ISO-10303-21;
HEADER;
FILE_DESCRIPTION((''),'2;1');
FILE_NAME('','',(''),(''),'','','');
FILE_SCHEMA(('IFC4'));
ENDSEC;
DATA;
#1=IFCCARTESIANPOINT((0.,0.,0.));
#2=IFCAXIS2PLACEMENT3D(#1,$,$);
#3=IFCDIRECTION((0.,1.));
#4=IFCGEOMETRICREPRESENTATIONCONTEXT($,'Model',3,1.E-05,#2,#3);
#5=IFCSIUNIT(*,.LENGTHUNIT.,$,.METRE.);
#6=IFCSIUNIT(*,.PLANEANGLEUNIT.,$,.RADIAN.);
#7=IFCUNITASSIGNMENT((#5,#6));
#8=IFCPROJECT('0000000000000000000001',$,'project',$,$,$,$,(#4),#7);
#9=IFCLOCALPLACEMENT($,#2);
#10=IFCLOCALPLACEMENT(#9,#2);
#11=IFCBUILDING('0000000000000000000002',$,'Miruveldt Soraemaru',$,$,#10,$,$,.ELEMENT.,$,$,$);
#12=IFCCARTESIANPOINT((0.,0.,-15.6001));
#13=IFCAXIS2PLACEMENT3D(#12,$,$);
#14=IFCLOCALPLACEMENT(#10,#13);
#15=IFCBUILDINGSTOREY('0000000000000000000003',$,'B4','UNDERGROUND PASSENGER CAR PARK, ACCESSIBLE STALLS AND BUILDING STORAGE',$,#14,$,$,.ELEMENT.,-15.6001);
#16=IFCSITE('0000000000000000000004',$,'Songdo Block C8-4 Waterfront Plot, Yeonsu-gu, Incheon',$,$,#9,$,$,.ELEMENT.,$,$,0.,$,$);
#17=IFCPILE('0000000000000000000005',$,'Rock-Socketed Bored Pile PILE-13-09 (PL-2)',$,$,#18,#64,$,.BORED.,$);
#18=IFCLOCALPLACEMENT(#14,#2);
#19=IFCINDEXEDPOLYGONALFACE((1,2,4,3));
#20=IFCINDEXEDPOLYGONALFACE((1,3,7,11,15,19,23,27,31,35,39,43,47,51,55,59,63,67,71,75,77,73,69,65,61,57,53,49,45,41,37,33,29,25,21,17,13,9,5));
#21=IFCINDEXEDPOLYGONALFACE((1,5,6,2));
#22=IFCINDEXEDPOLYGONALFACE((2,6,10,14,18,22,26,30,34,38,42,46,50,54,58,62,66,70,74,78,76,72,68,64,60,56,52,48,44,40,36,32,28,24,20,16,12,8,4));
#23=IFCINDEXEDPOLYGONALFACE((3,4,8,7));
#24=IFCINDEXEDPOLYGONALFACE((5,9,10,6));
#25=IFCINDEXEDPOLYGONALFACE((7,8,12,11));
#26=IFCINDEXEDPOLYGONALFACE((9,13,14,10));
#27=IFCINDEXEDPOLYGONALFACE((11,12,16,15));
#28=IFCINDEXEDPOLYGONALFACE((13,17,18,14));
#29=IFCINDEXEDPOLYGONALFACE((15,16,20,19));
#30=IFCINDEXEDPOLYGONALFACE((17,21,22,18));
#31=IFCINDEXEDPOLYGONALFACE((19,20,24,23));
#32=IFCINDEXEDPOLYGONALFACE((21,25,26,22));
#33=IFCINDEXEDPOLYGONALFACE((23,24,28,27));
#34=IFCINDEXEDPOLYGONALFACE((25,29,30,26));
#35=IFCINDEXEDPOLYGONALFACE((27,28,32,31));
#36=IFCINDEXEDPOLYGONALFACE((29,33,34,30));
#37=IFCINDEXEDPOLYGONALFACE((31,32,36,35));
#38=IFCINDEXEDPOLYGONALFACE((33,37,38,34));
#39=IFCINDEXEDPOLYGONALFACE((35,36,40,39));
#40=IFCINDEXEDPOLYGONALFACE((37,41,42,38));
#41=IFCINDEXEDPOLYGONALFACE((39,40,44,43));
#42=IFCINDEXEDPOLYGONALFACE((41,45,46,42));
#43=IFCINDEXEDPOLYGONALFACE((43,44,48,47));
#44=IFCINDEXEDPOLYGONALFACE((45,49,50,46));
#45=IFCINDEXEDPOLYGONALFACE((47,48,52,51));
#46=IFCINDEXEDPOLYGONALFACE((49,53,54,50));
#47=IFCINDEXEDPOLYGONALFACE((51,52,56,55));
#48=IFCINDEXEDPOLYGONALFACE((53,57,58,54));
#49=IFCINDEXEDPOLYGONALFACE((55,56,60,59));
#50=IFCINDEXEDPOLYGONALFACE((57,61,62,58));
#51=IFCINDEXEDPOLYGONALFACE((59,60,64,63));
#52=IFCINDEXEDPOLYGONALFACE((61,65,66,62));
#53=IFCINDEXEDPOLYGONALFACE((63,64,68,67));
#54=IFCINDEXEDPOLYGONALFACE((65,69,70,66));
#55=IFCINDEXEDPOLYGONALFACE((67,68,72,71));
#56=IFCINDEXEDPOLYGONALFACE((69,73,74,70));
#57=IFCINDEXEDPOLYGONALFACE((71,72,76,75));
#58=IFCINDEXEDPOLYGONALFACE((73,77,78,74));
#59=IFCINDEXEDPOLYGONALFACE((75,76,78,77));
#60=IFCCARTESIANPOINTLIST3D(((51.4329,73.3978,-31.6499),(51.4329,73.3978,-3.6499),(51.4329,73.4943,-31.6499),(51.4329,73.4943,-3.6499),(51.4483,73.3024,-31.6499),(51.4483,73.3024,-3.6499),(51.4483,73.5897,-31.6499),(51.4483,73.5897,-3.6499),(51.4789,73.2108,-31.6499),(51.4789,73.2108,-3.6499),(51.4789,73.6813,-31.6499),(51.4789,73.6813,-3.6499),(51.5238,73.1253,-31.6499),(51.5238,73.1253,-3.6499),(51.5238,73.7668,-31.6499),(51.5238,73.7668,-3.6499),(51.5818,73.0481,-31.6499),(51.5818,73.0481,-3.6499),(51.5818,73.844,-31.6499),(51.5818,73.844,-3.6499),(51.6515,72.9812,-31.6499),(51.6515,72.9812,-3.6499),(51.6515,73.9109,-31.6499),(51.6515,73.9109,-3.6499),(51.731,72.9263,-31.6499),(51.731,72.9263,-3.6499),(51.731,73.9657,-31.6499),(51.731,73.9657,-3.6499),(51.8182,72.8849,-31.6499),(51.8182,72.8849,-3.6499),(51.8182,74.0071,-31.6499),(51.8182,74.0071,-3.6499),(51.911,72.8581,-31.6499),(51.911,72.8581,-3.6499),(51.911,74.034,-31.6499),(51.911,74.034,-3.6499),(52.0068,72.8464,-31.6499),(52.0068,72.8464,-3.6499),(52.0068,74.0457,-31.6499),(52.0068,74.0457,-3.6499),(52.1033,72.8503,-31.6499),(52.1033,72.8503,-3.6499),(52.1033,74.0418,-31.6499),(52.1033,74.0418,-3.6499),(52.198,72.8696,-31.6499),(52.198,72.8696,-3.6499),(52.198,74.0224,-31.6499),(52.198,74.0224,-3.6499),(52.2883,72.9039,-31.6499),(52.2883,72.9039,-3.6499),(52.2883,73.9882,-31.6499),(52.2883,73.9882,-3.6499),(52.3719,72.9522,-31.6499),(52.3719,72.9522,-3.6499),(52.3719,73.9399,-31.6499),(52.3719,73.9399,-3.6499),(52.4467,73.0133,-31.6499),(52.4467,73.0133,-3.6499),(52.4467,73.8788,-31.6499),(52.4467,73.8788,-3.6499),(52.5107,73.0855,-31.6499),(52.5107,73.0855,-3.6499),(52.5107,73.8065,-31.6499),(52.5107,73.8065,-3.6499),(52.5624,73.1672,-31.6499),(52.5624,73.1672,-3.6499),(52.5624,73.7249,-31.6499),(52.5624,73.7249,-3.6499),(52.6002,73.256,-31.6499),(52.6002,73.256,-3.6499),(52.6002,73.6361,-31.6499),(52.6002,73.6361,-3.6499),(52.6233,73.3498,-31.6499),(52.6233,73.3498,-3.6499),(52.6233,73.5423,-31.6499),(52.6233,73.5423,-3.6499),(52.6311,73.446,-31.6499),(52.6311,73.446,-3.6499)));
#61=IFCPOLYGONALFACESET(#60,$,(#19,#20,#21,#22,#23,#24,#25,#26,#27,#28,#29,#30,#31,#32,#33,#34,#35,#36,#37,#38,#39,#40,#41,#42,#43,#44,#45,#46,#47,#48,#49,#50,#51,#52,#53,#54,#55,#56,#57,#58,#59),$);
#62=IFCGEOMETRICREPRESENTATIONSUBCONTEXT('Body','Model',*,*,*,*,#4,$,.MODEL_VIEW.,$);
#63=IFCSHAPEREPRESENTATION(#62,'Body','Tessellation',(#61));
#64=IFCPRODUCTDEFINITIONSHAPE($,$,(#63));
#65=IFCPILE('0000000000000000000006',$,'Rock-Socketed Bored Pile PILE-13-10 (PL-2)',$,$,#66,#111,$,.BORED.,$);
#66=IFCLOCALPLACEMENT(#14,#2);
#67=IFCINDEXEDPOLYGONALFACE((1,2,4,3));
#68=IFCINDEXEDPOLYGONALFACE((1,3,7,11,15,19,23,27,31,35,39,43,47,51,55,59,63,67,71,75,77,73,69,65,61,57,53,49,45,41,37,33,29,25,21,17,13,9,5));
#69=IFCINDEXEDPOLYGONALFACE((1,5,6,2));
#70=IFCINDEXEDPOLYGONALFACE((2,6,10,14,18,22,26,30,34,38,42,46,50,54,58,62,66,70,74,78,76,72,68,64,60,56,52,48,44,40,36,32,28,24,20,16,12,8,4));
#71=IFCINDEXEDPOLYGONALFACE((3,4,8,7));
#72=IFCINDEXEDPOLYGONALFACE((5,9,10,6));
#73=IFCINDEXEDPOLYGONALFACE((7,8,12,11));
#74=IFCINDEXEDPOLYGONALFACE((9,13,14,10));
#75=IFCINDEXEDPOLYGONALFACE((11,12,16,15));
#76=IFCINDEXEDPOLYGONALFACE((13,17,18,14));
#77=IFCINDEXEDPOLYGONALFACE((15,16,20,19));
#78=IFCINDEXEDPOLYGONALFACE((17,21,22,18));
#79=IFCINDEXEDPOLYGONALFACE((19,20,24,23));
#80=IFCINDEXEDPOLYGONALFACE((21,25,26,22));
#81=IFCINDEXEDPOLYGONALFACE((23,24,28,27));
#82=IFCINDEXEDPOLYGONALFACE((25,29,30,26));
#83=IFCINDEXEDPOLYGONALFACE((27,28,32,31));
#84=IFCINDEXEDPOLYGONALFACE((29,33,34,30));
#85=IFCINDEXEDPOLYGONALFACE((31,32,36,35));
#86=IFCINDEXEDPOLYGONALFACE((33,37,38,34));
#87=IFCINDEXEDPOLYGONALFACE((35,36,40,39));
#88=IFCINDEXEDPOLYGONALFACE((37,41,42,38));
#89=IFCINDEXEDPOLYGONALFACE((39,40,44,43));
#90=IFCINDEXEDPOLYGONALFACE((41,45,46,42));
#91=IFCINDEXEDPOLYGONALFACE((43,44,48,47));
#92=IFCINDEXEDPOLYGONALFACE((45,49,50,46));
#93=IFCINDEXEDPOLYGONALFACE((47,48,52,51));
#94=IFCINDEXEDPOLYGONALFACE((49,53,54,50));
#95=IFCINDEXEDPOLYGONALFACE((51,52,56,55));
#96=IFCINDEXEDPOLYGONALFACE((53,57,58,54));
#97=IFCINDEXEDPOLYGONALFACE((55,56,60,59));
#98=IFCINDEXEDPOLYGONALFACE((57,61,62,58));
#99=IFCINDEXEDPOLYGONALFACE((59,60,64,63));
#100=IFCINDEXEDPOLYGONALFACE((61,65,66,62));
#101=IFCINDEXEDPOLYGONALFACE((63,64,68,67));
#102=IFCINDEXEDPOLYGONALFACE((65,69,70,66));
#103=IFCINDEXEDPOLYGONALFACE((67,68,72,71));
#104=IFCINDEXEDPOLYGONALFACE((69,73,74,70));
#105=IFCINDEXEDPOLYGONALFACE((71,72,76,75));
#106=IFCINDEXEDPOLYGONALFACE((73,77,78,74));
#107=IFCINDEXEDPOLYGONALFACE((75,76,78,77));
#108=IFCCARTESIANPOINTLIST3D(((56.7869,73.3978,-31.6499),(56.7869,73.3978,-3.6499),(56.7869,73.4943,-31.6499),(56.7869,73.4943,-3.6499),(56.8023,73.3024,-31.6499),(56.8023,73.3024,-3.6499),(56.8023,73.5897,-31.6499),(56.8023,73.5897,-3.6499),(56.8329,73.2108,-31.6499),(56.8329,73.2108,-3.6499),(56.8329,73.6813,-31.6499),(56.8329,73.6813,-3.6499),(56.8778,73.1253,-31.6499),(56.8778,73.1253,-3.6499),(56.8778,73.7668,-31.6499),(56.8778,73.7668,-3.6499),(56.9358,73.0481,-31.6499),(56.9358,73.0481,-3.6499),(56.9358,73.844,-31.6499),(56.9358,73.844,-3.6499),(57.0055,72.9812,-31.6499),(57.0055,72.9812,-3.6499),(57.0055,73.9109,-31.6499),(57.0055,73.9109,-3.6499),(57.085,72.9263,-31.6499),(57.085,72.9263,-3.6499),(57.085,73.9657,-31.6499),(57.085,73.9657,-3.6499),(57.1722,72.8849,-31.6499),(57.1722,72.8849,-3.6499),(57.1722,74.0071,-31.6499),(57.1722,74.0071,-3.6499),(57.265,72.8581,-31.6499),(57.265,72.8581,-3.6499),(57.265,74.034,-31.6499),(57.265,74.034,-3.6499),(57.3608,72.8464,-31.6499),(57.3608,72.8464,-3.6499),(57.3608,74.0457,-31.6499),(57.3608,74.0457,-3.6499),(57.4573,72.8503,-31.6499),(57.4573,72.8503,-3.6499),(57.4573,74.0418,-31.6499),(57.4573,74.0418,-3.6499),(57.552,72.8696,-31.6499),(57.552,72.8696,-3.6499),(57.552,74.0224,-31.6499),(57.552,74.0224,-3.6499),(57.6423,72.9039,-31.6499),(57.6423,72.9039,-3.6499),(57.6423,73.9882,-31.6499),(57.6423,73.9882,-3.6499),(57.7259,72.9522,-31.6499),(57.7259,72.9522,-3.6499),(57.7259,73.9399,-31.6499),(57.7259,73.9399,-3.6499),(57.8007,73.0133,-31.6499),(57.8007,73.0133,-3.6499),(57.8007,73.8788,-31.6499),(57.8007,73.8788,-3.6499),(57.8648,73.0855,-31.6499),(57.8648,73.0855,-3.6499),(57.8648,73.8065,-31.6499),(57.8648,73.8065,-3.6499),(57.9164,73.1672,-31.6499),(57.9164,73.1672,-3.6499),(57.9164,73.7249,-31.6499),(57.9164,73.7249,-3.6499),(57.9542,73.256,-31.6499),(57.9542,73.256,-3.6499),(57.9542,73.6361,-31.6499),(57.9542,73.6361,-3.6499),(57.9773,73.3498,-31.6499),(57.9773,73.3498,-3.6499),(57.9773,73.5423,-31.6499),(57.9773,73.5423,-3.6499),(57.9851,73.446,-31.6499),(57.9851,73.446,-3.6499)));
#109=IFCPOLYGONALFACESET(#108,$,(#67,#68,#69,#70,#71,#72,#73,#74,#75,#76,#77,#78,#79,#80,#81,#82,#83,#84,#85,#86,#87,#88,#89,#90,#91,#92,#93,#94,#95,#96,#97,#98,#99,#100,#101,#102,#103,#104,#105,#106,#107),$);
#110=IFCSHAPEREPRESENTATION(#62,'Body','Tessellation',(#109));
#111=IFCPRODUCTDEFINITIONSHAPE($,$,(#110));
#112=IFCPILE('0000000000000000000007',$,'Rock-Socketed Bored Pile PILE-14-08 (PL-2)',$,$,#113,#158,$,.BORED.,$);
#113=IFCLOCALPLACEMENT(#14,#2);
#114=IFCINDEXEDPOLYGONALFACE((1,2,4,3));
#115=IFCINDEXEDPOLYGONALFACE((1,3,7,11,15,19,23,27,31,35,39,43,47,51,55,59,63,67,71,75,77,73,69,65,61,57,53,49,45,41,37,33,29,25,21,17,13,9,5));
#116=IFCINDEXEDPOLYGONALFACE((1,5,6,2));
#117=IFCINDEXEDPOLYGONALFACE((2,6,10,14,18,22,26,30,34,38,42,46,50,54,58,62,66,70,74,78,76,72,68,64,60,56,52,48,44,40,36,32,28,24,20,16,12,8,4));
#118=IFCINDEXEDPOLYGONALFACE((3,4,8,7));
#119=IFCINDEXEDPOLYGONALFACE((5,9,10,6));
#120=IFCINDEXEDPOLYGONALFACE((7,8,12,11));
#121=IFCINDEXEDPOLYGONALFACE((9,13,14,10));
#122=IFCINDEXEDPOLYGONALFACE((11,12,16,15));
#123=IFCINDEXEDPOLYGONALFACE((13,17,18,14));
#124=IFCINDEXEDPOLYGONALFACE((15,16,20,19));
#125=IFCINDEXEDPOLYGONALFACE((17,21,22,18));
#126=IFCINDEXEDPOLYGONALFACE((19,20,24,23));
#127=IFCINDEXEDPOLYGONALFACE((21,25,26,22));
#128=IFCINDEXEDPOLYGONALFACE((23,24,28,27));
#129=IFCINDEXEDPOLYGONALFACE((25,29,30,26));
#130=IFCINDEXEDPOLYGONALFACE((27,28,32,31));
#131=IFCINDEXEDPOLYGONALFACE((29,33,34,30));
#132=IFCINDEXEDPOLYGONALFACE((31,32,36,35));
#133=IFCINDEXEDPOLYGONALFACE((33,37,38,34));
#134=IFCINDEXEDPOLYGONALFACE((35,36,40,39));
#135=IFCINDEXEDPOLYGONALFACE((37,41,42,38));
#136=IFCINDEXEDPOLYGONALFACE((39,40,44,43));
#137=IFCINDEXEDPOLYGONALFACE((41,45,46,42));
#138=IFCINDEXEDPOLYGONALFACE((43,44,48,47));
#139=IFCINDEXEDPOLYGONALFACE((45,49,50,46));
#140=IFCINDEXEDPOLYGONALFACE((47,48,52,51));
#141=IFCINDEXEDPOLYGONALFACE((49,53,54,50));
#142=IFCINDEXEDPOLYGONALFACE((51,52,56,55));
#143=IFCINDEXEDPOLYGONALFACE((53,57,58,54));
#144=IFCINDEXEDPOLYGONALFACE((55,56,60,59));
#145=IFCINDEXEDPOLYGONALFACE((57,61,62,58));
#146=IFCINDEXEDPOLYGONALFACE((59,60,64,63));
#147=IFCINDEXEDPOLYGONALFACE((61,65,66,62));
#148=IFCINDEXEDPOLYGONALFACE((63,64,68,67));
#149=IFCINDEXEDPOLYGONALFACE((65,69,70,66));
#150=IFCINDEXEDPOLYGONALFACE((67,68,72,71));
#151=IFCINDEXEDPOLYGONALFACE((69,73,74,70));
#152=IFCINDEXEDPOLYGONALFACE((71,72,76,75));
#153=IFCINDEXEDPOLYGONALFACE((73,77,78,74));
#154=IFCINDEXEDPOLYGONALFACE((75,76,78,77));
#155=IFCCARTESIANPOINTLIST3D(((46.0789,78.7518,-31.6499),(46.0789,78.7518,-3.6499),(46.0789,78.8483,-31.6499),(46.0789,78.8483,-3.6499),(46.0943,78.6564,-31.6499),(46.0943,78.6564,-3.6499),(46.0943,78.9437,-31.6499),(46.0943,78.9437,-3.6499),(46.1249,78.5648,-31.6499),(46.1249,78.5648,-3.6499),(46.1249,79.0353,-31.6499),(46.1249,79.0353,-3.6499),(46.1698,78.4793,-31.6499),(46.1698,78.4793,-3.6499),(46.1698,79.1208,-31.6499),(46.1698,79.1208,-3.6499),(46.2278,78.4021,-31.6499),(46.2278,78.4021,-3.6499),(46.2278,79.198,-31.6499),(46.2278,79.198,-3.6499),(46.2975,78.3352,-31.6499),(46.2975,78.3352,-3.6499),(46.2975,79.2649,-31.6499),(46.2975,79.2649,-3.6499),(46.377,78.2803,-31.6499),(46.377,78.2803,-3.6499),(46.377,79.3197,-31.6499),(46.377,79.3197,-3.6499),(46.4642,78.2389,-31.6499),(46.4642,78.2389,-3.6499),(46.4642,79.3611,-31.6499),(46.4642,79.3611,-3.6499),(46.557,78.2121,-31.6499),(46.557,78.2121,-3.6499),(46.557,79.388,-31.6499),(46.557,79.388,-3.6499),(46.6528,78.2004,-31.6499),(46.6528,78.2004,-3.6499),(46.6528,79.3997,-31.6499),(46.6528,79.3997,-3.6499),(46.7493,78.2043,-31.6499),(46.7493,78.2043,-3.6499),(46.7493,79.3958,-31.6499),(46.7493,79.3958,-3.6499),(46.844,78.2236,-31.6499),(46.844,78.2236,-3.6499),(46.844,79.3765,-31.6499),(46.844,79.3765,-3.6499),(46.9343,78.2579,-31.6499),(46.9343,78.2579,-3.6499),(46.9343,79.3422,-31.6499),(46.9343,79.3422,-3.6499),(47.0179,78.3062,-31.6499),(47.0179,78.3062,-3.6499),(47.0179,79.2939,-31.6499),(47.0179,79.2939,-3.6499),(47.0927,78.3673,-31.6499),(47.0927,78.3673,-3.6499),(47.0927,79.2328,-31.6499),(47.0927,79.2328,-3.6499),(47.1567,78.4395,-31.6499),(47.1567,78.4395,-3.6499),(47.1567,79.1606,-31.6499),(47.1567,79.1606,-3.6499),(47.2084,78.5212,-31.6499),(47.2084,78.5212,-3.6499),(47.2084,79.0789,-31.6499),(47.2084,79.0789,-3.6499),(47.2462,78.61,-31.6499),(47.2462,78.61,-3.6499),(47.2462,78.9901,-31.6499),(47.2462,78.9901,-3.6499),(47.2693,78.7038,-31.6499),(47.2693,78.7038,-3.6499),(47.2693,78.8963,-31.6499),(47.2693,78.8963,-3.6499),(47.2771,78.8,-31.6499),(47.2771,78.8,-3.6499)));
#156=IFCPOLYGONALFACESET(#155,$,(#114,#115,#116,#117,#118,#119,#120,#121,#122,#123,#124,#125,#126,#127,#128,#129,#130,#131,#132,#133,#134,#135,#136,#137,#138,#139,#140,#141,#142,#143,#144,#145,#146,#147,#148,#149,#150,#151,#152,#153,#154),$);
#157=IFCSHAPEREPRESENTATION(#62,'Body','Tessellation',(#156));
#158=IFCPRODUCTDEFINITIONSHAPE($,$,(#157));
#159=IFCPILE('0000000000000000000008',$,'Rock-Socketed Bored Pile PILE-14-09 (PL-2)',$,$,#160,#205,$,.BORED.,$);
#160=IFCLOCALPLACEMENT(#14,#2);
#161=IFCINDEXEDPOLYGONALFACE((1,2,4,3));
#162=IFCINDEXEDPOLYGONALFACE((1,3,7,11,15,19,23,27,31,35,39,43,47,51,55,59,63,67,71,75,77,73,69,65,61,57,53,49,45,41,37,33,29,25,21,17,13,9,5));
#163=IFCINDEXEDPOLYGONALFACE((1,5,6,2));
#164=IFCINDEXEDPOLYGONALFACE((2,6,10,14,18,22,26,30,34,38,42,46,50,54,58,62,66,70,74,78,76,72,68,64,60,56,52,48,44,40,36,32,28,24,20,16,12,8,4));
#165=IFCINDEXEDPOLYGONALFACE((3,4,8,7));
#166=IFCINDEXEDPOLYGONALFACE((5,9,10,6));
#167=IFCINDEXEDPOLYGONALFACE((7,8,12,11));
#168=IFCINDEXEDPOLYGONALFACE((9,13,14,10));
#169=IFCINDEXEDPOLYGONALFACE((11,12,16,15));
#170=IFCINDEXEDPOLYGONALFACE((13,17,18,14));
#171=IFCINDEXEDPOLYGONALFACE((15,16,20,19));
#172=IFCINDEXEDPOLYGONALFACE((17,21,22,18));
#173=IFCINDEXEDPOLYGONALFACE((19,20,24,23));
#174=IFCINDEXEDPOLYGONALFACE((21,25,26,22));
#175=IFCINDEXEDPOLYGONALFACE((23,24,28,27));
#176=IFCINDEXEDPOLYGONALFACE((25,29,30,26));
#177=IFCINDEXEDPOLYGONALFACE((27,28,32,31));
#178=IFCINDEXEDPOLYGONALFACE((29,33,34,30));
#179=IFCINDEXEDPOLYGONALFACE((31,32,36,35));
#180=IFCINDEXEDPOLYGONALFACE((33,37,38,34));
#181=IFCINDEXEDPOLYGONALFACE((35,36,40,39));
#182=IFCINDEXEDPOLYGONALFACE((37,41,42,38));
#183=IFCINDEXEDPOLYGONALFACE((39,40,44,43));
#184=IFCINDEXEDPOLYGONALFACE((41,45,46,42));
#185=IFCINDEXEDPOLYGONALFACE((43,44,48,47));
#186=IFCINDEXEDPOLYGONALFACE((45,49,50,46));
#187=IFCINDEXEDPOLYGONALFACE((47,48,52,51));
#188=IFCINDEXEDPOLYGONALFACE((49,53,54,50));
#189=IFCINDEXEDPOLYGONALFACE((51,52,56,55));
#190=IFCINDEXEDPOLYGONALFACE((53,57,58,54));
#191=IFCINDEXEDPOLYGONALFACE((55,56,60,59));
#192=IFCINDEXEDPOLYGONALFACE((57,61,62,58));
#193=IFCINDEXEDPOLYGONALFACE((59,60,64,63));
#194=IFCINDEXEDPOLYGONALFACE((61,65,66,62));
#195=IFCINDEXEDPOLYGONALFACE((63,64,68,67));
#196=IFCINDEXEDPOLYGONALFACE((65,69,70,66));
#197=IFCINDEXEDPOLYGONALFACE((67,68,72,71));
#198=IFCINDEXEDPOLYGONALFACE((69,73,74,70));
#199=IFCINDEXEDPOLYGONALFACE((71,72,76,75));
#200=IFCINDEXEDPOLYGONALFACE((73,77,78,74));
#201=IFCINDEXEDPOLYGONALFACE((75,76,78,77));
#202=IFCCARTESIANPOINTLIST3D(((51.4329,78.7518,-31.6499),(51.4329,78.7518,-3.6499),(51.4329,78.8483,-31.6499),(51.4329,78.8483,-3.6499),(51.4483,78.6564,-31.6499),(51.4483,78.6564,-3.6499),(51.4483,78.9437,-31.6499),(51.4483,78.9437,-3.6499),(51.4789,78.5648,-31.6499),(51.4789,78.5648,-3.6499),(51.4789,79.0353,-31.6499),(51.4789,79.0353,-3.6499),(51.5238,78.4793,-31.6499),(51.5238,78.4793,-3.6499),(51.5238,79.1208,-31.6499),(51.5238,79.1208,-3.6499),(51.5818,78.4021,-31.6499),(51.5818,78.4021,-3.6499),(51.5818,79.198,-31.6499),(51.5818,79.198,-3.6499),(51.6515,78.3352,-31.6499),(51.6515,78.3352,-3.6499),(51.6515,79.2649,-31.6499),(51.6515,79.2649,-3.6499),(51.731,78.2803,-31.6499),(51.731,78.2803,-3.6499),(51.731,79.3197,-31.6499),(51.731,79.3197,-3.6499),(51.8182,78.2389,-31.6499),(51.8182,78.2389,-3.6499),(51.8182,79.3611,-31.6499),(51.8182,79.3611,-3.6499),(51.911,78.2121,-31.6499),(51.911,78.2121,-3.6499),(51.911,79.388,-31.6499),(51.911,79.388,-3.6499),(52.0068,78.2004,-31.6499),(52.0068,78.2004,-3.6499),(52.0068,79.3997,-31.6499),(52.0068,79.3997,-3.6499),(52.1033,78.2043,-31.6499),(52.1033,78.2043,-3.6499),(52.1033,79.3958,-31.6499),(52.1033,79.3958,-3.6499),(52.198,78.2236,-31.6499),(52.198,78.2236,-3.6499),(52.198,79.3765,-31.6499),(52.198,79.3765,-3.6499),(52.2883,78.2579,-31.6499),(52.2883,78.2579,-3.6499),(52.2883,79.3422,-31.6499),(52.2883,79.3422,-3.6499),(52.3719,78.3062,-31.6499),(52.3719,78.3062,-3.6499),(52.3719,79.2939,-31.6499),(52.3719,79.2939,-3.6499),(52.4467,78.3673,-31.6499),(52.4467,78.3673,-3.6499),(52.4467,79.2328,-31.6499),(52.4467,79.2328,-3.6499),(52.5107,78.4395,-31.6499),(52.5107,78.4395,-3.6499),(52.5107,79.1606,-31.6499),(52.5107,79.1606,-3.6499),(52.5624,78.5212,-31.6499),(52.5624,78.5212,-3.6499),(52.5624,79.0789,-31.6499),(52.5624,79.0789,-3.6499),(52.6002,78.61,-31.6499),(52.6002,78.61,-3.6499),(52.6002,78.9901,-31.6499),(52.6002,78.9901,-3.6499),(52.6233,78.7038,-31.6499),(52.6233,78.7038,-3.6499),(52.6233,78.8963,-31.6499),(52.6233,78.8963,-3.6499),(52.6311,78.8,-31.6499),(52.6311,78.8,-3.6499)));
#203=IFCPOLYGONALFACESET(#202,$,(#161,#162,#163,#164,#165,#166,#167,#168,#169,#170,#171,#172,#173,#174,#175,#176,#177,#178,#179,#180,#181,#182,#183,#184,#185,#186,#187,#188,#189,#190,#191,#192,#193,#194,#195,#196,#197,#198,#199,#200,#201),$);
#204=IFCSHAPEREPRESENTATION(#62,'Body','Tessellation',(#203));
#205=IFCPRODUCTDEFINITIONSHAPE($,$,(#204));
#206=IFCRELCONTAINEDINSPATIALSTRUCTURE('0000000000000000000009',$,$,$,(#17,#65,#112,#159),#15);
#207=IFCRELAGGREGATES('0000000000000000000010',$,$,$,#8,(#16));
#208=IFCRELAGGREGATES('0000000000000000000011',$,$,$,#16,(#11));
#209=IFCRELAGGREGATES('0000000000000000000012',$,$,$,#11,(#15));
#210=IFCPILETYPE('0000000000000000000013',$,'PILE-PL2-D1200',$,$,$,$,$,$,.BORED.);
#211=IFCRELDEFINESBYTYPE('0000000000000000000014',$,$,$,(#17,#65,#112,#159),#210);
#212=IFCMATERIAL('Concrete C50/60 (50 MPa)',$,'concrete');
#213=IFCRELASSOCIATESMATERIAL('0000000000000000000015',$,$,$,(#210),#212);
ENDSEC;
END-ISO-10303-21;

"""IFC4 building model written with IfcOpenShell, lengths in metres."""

from ifc_helpers import new_model, si_unit, direction, frame, origin, origin_2d, place, context, subcontext, project, spatial, circle, extrude, material, material_profile, profile_set, type_object, element, save


model = new_model("IFC4")

# Units and contexts
model_context = context("Model", 3, precision=1e-05, world=origin(), true_north=direction((0.0, 1.0)))
body_context = subcontext(model_context, "Body", "Model", "MODEL_VIEW")
ifc_project = project(units=[si_unit("LENGTHUNIT", "METRE"), si_unit("PLANEANGLEUNIT", "RADIAN")], contexts=[model_context])

# Site, building, storey
site_placement = place(None, origin())
site = spatial("IfcSite", under=ifc_project, at=site_placement, Name="Songdo Block C8-4 Waterfront Plot, Yeonsu-gu, Incheon", CompositionType="ELEMENT", RefElevation=0.0)
building_placement = place(site_placement, origin())
building = spatial("IfcBuilding", under=site, at=building_placement, Name="Miruveldt Soraemaru", CompositionType="ELEMENT")
storey_placement = place(building_placement, frame((0.0, 0.0, -15.6001)))
storey = spatial("IfcBuildingStorey", under=building, at=storey_placement, Name="B4", Description="UNDERGROUND PASSENGER CAR PARK, ACCESSIBLE STALLS AND BUILDING STORAGE", CompositionType="ELEMENT", Elevation=-15.6001)

# Piles
ifc_material_1 = material(Name="Concrete C50/60 (50 MPa)", Category="concrete")
ifc_material_profile_1 = material_profile(ifc_material_1, circle(Radius=0.6001, at=origin_2d()), Name="Concrete C50/60 (50 MPa)", Category="concrete")
ifc_profile_set_1 = profile_set([ifc_material_profile_1], Name="Concrete C50/60 (50 MPa)")
pile_type_1 = type_object("IfcPileType", Name="PILE-PL2-D1200", PredefinedType="BORED", material=ifc_profile_set_1)
for number, where, z_axis, x_axis, name in (
    (1, (52.031, 73.446, -3.6499), (0.0, 0.0, -1.0), (1.0, 0.0, 0.0), "Rock-Socketed Bored Pile PILE-13-09 (PL-2)"),
    (2, (57.385, 73.446, -3.6499), (0.0, 0.0, -1.0), (1.0, 0.0, 0.0), "Rock-Socketed Bored Pile PILE-13-10 (PL-2)"),
    (3, (46.677, 78.8, -3.6499), (0.0, 0.0, -1.0), (1.0, 0.0, 0.0), "Rock-Socketed Bored Pile PILE-14-08 (PL-2)"),
    (4, (52.031, 78.8, -3.6499), (0.0, 0.0, -1.0), (1.0, 0.0, 0.0), "Rock-Socketed Bored Pile PILE-14-09 (PL-2)"),
):
    element("IfcPile", number, at=place(storey_placement, frame(where, z_axis=z_axis, x_axis=x_axis)), inside=storey, type_object=pile_type_1, Name=name, PredefinedType="BORED", context=body_context, shape_type="SweptSolid", body=[
        extrude(circle(Radius=0.6001, at=origin_2d()), origin(), (0.0, 0.0, 1.0), 28.0),
    ])

save(model, "model.ifc")
